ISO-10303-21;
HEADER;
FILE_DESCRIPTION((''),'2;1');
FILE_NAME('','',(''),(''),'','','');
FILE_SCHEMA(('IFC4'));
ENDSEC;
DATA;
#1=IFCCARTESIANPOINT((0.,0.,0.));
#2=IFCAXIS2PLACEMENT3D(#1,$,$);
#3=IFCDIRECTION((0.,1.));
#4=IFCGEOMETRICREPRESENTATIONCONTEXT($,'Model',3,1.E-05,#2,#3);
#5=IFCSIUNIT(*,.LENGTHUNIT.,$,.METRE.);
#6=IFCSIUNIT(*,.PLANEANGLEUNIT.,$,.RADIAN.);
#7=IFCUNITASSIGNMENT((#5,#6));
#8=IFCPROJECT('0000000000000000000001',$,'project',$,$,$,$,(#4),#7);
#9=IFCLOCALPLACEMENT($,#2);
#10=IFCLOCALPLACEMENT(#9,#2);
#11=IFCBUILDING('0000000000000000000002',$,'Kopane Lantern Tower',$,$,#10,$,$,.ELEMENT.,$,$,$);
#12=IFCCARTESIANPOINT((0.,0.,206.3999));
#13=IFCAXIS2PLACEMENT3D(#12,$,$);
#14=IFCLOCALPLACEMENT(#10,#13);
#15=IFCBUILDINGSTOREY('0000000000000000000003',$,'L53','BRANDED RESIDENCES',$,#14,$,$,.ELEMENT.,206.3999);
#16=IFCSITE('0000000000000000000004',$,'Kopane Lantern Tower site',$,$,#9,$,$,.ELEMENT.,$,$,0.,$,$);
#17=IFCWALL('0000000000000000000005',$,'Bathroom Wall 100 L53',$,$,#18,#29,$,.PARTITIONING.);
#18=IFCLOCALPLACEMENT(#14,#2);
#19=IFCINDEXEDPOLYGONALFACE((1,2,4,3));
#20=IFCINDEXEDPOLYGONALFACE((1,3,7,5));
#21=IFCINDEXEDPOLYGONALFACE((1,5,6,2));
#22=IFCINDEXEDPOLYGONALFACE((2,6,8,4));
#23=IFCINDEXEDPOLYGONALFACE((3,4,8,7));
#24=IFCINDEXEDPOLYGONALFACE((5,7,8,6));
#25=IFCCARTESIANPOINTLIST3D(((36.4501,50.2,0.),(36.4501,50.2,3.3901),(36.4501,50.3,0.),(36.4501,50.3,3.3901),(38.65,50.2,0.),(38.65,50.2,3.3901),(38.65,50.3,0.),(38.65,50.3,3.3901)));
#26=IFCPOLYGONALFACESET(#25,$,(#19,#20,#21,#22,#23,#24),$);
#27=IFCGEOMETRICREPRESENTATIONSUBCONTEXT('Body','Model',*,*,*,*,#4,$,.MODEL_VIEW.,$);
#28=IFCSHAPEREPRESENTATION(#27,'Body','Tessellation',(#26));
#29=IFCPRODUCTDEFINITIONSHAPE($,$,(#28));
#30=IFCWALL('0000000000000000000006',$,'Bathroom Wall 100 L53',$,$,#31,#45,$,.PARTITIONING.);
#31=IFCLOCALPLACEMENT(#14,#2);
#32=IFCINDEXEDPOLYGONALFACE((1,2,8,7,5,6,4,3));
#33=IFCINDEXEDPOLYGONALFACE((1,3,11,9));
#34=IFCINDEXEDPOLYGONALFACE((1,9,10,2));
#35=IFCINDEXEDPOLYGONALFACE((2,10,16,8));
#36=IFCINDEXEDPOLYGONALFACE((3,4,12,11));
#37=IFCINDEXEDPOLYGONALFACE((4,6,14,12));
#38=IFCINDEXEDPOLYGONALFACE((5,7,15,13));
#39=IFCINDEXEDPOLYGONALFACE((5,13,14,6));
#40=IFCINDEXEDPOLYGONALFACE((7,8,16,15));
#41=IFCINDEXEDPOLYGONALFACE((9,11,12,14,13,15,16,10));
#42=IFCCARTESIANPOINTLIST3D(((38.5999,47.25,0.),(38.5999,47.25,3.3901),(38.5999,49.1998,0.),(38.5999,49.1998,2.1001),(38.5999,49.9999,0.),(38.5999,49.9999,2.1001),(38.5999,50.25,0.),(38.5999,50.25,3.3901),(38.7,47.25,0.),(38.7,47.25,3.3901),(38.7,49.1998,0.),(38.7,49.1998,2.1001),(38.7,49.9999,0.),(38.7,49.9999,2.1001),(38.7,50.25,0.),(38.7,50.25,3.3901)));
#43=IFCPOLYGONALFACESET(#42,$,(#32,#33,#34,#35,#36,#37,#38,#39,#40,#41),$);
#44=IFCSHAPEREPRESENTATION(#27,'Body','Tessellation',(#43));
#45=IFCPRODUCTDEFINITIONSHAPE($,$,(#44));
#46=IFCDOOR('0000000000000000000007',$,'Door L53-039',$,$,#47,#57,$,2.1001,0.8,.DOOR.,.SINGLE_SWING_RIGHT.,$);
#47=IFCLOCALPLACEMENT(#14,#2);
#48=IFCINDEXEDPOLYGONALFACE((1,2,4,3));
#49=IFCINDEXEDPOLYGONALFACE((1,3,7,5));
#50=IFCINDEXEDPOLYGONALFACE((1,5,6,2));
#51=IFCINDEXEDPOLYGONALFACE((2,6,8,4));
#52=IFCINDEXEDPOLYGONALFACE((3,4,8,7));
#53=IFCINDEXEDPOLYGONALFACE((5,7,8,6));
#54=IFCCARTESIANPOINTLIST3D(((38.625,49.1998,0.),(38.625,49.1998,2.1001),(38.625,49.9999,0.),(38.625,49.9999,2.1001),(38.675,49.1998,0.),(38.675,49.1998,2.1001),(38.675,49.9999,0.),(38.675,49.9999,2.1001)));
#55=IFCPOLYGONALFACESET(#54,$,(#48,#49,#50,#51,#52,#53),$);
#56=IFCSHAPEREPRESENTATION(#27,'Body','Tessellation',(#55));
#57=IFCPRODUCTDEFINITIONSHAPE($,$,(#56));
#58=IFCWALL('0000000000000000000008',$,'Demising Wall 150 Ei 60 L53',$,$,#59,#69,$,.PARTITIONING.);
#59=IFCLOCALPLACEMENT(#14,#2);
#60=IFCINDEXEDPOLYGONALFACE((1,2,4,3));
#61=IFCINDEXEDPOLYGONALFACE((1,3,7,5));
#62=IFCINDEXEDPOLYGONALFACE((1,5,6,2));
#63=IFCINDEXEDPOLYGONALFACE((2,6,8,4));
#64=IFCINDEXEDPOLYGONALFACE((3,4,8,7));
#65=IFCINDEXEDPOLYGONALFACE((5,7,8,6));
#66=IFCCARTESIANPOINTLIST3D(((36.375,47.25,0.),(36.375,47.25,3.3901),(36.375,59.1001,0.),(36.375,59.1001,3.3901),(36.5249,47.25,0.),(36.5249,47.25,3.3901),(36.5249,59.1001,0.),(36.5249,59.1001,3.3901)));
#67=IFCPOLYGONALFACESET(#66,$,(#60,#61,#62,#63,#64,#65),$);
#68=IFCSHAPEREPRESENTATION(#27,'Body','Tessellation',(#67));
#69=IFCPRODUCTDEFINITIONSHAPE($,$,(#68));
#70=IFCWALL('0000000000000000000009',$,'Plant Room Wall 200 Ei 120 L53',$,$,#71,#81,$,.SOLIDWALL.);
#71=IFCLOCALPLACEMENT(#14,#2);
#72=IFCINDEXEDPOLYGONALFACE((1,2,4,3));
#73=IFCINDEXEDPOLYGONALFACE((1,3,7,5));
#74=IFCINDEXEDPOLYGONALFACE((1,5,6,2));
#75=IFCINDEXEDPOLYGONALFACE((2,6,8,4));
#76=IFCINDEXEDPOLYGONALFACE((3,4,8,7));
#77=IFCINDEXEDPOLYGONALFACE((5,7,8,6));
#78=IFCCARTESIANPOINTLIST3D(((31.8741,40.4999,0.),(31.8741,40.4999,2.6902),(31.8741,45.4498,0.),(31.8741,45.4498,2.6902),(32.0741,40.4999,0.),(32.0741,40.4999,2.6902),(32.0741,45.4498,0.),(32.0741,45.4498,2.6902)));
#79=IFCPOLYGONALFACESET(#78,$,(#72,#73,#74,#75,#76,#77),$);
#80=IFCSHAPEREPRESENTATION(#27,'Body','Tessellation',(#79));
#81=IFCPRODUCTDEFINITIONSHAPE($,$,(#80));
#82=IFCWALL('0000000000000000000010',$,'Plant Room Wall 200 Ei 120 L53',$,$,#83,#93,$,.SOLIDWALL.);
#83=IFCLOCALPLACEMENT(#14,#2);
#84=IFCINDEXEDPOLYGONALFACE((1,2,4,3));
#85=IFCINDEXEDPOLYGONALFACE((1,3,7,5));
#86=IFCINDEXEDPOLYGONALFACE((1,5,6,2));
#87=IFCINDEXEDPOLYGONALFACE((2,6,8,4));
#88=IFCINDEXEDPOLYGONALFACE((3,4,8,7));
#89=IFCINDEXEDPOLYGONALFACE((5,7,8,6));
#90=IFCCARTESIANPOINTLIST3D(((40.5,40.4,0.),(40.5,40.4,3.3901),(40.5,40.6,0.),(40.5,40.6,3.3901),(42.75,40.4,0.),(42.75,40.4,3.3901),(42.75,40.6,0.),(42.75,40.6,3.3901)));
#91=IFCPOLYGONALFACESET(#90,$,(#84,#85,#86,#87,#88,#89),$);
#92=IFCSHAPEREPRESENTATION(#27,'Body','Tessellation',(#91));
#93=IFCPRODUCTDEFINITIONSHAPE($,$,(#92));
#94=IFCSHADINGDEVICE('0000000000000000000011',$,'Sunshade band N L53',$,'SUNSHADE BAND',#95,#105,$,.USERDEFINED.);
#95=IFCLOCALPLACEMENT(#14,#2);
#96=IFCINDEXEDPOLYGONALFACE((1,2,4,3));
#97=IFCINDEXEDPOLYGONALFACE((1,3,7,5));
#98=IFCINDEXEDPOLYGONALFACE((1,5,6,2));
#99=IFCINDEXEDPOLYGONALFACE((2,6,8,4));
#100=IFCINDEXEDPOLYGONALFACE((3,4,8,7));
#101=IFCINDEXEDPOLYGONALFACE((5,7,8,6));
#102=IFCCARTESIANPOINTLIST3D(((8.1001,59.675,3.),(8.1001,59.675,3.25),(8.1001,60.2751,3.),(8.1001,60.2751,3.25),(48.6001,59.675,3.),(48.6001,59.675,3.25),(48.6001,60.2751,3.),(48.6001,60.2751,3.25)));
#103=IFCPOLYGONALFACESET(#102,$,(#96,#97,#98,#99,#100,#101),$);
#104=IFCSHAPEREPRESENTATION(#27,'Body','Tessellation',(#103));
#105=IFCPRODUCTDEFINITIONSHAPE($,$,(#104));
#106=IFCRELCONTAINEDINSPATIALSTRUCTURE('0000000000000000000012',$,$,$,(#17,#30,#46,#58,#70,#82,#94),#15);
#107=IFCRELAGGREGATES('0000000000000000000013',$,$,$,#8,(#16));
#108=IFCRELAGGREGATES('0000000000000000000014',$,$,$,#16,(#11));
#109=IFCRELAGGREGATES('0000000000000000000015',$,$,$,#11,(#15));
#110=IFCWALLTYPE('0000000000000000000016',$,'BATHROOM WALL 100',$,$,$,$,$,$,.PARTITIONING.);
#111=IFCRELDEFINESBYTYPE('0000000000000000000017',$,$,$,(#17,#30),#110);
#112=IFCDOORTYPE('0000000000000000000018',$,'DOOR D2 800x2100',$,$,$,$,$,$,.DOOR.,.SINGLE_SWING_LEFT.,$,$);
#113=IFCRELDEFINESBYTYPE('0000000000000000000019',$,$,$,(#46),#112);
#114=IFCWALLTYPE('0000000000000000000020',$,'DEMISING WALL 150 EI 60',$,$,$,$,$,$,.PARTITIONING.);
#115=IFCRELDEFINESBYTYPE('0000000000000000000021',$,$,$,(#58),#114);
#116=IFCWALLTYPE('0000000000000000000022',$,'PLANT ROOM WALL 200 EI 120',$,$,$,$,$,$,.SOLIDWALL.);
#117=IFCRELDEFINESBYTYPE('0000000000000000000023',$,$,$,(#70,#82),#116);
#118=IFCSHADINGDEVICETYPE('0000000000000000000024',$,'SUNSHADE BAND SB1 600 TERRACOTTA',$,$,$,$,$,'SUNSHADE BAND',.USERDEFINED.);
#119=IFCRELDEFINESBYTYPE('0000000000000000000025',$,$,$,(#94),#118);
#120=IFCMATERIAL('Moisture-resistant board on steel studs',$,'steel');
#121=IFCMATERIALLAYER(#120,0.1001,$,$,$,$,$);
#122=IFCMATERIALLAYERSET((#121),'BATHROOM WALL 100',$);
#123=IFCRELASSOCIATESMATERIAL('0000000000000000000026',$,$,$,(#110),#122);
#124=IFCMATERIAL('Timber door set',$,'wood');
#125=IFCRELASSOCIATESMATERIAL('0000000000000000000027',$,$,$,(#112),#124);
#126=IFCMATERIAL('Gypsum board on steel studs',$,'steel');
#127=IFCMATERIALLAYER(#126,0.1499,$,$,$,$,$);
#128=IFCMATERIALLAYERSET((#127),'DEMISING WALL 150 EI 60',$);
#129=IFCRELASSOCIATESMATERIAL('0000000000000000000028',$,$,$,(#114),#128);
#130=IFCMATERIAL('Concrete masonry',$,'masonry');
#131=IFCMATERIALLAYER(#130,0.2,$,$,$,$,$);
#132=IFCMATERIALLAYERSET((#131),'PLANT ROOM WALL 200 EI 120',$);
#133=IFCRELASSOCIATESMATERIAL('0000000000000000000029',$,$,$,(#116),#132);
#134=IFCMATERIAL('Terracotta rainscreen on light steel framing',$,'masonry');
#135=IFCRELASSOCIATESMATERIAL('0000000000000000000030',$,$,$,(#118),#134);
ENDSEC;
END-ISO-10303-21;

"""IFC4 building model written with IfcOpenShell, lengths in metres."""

from ifc_helpers import new_model, si_unit, direction, frame, frame_2d, origin, origin_2d, place, context, subcontext, project, spatial, rectangle, extrude, material, layer, layer_set, type_object, element, fill, save


model = new_model("IFC4")

# Units and contexts
model_context = context("Model", 3, precision=1e-05, world=origin(), true_north=direction((0.0, 1.0)))
body_context = subcontext(model_context, "Body", "Model", "MODEL_VIEW")
ifc_project = project(units=[si_unit("LENGTHUNIT", "METRE"), si_unit("PLANEANGLEUNIT", "RADIAN")], contexts=[model_context])

# Site, building, storey
site_placement = place(None, origin())
site = spatial("IfcSite", under=ifc_project, at=site_placement, Name="Kopane Lantern Tower site", CompositionType="ELEMENT", RefElevation=0.0)
building_placement = place(site_placement, origin())
building = spatial("IfcBuilding", under=site, at=building_placement, Name="Kopane Lantern Tower", CompositionType="ELEMENT")
storey_placement = place(building_placement, frame((0.0, 0.0, 206.3999)))
storey = spatial("IfcBuildingStorey", under=building, at=storey_placement, Name="L53", Description="BRANDED RESIDENCES", CompositionType="ELEMENT", Elevation=206.3999)

# Shared definitions
ifc_material_1 = material(Name="Moisture-resistant board on steel studs", Category="steel")
ifc_layer_1 = layer(ifc_material_1, 0.1001)
ifc_layer_set_1 = layer_set([ifc_layer_1], Name="BATHROOM WALL 100")
wall_type_1 = type_object("IfcWallType", Name="BATHROOM WALL 100", PredefinedType="PARTITIONING", material=ifc_layer_set_1)
ifc_material_2 = material(Name="Timber door set", Category="wood")
door_type_1 = type_object("IfcDoorType", Name="DOOR D2 800x2100", OperationType="SINGLE_SWING_LEFT", PredefinedType="DOOR", material=ifc_material_2)

# Wall
wall_1_placement = place(storey_placement, frame((36.45, 50.25, 0.0), z_axis=(0.0, 0.0, 1.0), x_axis=(1.0, 0.0, 0.0)))
element("IfcWall", 1, at=wall_1_placement, inside=storey, type_object=wall_type_1, Name="Bathroom Wall 100 L53", PredefinedType="PARTITIONING", context=body_context, shape_type="SweptSolid", body=[
    extrude(rectangle(XDim=2.2, YDim=0.1001, at=frame_2d((1.1001, 0.0))), origin(), (0.0, 0.0, 1.0), 3.3901),
])

# Wall, opening, door
wall_2_placement = place(storey_placement, frame((38.6499, 47.25, 0.0), z_axis=(0.0, 0.0, 1.0), x_axis=(0.0, 1.0, 0.0)))
wall_2 = element("IfcWall", 2, at=wall_2_placement, inside=storey, type_object=wall_type_1, Name="Bathroom Wall 100 L53", PredefinedType="PARTITIONING", context=body_context, shape_type="SweptSolid", body=[
    extrude(rectangle(XDim=3.0, YDim=0.1001, at=frame_2d((1.5, 0.0))), origin(), (0.0, 0.0, 1.0), 3.3901),
])
opening_1_placement = place(wall_2_placement, frame((1.95, 0.0, 0.0)))
opening_1 = element("IfcOpeningElement", 3, at=opening_1_placement, cuts=wall_2, PredefinedType="OPENING", context=body_context, shape_type="SweptSolid", body=[
    extrude(rectangle(XDim=0.8, YDim=2.1001, at=frame_2d((0.3999, 1.05))), frame((0.0, 0.0601, 0.0), z_axis=(0.0, -1.0, 0.0), x_axis=(1.0, 0.0, 0.0)), (0.0, 0.0, 1.0), 0.1201),
])
door_1_placement = place(opening_1_placement, origin())
door_1 = element("IfcDoor", 4, at=door_1_placement, inside=storey, type_object=door_type_1, Name="Door L53-039", OperationType="SINGLE_SWING_RIGHT", OverallHeight=2.1001, OverallWidth=0.8, PredefinedType="DOOR", context=body_context, shape_type="SweptSolid", body=[
    extrude(rectangle(XDim=0.8, YDim=2.1001, at=frame_2d((0.3999, 1.05))), frame((0.0, 0.0249, 0.0), z_axis=(0.0, -1.0, 0.0), x_axis=(1.0, 0.0, 0.0)), (0.0, 0.0, 1.0), 0.05),
])
fill(opening_1, door_1)

# Walls
ifc_material_3 = material(Name="Gypsum board on steel studs", Category="steel")
ifc_layer_2 = layer(ifc_material_3, 0.1499)
ifc_layer_set_2 = layer_set([ifc_layer_2], Name="DEMISING WALL 150 EI 60")
wall_type_2 = type_object("IfcWallType", Name="DEMISING WALL 150 EI 60", PredefinedType="PARTITIONING", material=ifc_layer_set_2)
wall_3_placement = place(storey_placement, frame((36.45, 47.25, 0.0), z_axis=(0.0, 0.0, 1.0), x_axis=(0.0, 1.0, 0.0)))
element("IfcWall", 5, at=wall_3_placement, inside=storey, type_object=wall_type_2, Name="Demising Wall 150 Ei 60 L53", PredefinedType="PARTITIONING", context=body_context, shape_type="SweptSolid", body=[
    extrude(rectangle(XDim=11.8501, YDim=0.1499, at=frame_2d((5.925, 0.0))), origin(), (0.0, 0.0, 1.0), 3.3901),
])
ifc_material_4 = material(Name="Concrete masonry", Category="masonry")
ifc_layer_3 = layer(ifc_material_4, 0.2)
ifc_layer_set_3 = layer_set([ifc_layer_3], Name="PLANT ROOM WALL 200 EI 120")
wall_type_3 = type_object("IfcWallType", Name="PLANT ROOM WALL 200 EI 120", PredefinedType="SOLIDWALL", material=ifc_layer_set_3)
wall_4_placement = place(storey_placement, frame((31.9741, 45.45, 0.0), z_axis=(0.0, 0.0, 1.0), x_axis=(0.0, -1.0, 0.0)))
element("IfcWall", 6, at=wall_4_placement, inside=storey, type_object=wall_type_3, Name="Plant Room Wall 200 Ei 120 L53", PredefinedType="SOLIDWALL", context=body_context, shape_type="SweptSolid", body=[
    extrude(rectangle(XDim=4.95, YDim=0.2, at=frame_2d((2.4751, 0.0))), origin(), (0.0, 0.0, 1.0), 2.6902),
])
wall_5_placement = place(storey_placement, frame((40.5, 40.5, 0.0), z_axis=(0.0, 0.0, 1.0), x_axis=(1.0, 0.0, 0.0)))
element("IfcWall", 7, at=wall_5_placement, inside=storey, type_object=wall_type_3, Name="Plant Room Wall 200 Ei 120 L53", PredefinedType="SOLIDWALL", context=body_context, shape_type="SweptSolid", body=[
    extrude(rectangle(XDim=2.25, YDim=0.2, at=frame_2d((1.125, 0.0))), origin(), (0.0, 0.0, 1.0), 3.3901),
])

# Shading device
ifc_material_5 = material(Name="Terracotta rainscreen on light steel framing", Category="masonry")
shading_device_type = type_object("IfcShadingDeviceType", Name="SUNSHADE BAND SB1 600 TERRACOTTA", ElementType="SUNSHADE BAND", PredefinedType="USERDEFINED", material=ifc_material_5)
shading_device_placement = place(storey_placement, frame((28.3501, 59.9751, 3.0), z_axis=(0.0, 0.0, 1.0), x_axis=(-1.0, 0.0, 0.0)))
element("IfcShadingDevice", 8, at=shading_device_placement, inside=storey, type_object=shading_device_type, Name="Sunshade band N L53", ObjectType="SUNSHADE BAND", PredefinedType="USERDEFINED", context=body_context, shape_type="SweptSolid", body=[
    extrude(rectangle(XDim=40.5, YDim=0.6001, at=origin_2d()), origin(), (0.0, 0.0, 1.0), 0.25),
])

save(model, "model.ifc")
